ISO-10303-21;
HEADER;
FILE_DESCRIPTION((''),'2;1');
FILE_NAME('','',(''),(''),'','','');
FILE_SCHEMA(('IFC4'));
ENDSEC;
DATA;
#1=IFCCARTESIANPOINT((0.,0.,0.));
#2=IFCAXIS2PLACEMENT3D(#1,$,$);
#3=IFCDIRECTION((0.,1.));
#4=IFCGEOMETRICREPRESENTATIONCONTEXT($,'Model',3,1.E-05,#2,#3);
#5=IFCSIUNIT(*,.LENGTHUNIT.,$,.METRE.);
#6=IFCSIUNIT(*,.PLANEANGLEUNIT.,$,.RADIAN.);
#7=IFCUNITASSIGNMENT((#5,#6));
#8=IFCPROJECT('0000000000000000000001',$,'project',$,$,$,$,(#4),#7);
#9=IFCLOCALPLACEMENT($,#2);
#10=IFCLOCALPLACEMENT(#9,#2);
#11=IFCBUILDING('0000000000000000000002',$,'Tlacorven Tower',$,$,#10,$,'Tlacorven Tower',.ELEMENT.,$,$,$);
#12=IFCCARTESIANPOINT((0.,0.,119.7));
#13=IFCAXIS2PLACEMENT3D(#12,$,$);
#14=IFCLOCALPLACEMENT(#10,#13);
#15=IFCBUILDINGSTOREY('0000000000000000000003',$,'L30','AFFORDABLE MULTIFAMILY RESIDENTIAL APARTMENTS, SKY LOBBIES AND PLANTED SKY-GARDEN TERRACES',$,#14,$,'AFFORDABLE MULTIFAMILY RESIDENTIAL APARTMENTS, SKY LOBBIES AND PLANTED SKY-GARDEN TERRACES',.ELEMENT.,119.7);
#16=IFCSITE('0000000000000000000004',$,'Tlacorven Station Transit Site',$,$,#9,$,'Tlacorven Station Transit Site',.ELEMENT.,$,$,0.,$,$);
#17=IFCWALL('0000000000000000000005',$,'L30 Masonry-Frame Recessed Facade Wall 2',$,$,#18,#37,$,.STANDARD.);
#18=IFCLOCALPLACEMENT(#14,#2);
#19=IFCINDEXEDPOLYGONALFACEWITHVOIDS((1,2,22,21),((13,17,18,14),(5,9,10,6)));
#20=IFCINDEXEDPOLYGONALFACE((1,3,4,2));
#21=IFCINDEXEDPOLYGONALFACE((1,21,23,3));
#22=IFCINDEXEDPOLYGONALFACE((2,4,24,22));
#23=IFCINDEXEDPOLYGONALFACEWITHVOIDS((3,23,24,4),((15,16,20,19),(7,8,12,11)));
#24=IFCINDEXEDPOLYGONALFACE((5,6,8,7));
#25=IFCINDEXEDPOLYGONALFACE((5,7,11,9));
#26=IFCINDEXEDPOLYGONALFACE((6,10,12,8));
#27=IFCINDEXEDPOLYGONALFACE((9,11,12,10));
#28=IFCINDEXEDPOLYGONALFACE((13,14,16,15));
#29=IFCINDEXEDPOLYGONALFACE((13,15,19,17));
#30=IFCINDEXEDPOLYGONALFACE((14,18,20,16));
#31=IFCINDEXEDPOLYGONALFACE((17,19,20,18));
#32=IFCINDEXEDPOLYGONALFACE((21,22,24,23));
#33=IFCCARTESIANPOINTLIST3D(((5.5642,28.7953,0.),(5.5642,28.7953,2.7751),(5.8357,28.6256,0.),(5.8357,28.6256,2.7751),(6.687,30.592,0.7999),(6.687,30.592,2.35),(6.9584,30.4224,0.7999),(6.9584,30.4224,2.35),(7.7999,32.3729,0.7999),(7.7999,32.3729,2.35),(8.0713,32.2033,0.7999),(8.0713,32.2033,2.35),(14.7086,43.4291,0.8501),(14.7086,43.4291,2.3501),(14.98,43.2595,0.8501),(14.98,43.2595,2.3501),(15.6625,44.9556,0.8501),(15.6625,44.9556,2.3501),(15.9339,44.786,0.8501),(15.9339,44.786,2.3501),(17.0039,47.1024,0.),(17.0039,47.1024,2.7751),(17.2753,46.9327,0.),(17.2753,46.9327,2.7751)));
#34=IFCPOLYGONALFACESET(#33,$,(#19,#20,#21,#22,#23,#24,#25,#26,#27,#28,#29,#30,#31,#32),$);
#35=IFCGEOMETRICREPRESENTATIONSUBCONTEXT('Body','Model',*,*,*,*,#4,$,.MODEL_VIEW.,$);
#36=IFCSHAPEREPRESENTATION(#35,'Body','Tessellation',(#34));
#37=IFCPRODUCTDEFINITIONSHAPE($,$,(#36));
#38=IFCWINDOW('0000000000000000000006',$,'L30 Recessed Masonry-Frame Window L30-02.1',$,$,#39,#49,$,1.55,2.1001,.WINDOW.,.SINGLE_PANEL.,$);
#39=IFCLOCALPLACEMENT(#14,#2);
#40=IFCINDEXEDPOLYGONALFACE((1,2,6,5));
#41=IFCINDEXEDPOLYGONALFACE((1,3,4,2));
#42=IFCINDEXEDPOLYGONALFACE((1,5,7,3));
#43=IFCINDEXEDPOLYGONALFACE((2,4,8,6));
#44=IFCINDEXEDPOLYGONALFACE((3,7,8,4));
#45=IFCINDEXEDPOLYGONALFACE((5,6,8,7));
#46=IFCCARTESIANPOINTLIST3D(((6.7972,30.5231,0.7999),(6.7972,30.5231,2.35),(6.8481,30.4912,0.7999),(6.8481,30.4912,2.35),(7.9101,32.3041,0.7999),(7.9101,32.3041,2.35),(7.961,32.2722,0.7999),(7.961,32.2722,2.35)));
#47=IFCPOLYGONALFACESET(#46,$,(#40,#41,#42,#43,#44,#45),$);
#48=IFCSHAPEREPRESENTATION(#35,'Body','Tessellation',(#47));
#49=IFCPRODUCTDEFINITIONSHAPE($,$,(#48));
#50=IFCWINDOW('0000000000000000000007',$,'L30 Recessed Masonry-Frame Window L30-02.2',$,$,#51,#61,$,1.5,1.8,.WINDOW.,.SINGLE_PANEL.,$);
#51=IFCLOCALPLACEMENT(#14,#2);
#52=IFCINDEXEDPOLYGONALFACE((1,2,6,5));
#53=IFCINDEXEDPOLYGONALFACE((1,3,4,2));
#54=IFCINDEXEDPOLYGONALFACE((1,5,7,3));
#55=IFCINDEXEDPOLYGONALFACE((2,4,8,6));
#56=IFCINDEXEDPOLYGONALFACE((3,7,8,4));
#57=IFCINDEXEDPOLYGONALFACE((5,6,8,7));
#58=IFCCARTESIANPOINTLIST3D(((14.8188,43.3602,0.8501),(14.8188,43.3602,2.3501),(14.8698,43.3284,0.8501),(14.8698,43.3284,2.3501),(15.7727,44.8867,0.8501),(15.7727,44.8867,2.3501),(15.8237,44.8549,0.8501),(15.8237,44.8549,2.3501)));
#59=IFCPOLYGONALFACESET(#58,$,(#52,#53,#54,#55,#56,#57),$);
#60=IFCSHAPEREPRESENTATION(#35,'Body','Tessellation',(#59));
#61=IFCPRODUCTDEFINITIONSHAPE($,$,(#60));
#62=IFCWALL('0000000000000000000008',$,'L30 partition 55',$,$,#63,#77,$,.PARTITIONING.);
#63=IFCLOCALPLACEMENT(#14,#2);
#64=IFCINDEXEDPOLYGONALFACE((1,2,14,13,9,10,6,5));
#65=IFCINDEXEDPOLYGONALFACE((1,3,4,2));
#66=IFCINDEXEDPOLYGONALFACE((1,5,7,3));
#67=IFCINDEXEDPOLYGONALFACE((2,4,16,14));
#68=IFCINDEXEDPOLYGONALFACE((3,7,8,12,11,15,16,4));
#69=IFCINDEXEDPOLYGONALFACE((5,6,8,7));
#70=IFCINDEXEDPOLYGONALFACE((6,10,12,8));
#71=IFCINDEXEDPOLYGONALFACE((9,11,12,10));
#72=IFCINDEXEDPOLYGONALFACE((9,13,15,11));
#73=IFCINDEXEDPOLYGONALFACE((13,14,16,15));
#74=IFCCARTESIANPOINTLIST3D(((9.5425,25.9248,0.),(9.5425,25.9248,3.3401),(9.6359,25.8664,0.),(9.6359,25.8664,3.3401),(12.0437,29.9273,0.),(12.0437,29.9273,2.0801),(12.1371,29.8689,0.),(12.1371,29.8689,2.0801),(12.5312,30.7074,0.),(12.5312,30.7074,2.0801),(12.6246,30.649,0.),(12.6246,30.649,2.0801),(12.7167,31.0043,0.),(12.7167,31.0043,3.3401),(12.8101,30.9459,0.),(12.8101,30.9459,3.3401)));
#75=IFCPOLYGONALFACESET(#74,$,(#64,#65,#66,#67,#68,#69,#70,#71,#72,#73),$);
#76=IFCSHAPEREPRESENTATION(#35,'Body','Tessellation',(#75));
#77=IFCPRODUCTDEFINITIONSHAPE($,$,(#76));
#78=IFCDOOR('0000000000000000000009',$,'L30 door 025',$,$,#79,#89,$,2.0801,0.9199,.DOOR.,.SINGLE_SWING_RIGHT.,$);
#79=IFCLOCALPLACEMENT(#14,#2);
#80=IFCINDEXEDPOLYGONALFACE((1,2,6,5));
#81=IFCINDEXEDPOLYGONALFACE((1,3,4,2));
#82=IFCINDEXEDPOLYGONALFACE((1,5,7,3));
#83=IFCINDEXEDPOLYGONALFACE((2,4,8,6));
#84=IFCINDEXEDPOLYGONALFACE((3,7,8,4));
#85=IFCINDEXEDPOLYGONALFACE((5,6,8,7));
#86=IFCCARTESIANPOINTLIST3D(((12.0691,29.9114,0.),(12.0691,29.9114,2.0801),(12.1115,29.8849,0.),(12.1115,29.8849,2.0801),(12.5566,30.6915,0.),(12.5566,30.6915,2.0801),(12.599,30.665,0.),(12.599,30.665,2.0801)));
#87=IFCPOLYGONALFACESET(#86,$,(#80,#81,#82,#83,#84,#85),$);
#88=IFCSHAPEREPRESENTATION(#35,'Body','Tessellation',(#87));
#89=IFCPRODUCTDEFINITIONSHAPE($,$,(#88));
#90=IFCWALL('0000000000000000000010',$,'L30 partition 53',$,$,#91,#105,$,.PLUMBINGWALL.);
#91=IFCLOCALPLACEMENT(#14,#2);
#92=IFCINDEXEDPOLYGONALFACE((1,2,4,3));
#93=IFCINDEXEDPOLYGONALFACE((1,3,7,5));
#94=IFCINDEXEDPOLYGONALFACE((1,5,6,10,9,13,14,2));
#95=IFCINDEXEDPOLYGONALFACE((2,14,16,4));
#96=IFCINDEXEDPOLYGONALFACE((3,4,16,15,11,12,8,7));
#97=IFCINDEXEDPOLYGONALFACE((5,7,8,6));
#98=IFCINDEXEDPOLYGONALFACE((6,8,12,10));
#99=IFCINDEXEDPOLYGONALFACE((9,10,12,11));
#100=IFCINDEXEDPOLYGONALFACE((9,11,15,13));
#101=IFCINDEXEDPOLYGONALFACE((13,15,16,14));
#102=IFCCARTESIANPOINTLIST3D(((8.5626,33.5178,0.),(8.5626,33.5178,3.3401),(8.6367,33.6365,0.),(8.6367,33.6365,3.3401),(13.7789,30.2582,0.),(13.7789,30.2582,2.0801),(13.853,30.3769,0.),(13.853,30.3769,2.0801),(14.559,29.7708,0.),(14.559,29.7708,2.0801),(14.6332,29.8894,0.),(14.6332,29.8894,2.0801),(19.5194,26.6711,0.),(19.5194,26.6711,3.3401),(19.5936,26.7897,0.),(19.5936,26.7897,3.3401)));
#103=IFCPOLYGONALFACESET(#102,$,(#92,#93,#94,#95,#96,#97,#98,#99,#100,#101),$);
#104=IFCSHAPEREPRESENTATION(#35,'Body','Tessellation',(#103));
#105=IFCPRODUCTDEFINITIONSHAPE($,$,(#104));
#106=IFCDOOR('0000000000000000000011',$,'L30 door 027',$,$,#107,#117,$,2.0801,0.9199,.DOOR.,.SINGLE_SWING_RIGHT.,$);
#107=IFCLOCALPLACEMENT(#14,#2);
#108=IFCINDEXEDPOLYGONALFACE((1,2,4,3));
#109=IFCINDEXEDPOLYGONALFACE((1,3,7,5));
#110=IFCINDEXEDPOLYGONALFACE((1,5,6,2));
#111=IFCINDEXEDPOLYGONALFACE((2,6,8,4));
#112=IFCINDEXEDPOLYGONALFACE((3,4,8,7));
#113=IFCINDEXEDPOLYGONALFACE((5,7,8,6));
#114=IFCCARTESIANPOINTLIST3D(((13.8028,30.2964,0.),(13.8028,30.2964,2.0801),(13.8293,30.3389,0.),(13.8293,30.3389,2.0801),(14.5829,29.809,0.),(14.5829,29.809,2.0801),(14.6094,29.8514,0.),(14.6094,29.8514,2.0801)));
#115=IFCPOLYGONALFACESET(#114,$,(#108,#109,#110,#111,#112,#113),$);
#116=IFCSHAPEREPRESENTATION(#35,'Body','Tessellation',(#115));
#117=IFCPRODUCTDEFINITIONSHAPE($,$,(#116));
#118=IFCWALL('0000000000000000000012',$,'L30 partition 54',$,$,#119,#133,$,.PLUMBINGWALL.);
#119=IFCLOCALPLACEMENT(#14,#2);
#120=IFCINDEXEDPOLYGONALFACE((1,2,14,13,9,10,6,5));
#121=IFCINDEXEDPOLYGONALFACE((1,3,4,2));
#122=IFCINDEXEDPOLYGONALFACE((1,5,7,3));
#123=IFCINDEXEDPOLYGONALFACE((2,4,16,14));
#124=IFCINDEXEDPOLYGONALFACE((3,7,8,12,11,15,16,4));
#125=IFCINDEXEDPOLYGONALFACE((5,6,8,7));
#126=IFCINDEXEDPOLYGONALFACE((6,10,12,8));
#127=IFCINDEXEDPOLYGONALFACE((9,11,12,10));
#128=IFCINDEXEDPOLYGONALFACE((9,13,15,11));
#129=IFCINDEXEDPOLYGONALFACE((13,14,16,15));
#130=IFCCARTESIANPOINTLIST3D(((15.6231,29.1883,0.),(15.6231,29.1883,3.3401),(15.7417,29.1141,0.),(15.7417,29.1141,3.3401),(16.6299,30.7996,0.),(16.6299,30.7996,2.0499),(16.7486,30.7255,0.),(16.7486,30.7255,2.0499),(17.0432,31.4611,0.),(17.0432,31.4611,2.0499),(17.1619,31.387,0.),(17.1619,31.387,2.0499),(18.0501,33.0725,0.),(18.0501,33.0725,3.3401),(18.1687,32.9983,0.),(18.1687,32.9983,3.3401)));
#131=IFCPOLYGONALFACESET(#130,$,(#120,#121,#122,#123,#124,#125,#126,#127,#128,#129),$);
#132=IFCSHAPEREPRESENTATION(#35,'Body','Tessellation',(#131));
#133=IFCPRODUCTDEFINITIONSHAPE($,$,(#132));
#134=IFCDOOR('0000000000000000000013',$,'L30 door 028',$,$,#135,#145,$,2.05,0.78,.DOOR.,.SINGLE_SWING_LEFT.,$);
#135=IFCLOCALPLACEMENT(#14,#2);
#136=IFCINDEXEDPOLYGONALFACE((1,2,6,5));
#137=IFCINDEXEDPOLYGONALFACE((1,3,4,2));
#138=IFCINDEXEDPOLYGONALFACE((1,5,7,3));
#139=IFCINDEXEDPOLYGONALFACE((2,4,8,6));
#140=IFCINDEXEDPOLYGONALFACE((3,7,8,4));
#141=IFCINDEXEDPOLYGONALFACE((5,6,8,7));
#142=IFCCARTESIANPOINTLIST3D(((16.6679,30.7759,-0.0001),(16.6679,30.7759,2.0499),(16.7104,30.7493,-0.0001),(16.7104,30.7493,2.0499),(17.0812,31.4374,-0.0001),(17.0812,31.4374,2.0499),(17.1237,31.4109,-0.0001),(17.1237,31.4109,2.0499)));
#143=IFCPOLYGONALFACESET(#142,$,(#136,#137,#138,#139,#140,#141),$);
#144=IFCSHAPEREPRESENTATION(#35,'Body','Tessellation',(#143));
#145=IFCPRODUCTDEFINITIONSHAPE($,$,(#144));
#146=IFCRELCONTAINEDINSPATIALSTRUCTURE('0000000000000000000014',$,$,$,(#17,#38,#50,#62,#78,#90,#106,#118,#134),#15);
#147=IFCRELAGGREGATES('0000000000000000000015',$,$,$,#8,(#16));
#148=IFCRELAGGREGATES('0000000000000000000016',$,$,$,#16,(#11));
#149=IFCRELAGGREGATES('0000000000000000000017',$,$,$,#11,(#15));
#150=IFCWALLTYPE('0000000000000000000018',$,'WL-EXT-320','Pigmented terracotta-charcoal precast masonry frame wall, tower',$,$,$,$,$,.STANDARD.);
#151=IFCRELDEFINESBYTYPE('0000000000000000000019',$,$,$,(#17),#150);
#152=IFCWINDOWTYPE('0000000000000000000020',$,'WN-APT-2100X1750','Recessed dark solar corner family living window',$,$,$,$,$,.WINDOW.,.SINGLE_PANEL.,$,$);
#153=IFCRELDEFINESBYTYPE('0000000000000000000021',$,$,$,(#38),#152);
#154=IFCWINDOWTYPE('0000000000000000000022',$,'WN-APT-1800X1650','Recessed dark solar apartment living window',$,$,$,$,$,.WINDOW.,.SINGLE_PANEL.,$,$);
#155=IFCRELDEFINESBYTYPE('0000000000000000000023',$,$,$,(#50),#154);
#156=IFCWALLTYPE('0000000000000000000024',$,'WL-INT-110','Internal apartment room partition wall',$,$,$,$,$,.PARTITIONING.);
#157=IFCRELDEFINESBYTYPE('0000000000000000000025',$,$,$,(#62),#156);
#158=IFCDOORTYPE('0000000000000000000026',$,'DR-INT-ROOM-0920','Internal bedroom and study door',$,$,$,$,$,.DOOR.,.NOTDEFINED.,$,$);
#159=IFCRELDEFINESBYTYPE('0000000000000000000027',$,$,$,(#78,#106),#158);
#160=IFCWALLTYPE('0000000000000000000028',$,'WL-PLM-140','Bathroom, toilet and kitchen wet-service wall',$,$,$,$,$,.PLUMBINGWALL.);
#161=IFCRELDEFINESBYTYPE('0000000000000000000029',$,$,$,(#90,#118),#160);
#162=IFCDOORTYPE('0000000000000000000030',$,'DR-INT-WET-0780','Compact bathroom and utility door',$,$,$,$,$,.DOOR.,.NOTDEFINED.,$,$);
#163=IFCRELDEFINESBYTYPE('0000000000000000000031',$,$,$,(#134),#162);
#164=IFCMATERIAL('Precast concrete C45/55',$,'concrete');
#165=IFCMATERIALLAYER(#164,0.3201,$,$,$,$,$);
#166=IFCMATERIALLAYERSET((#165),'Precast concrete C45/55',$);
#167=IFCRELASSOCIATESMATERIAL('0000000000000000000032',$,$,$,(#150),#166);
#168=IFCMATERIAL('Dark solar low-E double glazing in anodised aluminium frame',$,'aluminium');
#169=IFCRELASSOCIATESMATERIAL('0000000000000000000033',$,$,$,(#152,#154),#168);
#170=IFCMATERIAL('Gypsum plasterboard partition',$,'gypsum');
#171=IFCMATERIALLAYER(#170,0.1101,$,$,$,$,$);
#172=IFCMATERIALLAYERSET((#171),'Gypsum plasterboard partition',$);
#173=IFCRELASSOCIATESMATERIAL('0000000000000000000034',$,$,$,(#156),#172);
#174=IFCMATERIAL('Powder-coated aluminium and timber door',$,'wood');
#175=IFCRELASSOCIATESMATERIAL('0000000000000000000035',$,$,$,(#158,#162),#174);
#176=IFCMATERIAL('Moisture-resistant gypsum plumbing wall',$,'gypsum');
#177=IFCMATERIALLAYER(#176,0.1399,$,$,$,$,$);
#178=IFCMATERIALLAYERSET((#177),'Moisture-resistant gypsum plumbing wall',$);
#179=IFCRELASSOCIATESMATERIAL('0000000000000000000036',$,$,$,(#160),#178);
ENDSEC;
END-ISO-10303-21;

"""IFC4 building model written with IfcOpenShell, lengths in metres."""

from ifc_helpers import new_model, si_unit, direction, frame, frame_2d, origin, place, context, subcontext, project, spatial, rectangle, extrude, source, transform, mapped, material, layer, layer_set, type_object, element, fill, save


model = new_model("IFC4")

# Units and contexts
model_context = context("Model", 3, precision=1e-05, world=origin(), true_north=direction((0.0, 1.0)))
body_context = subcontext(model_context, "Body", "Model", "MODEL_VIEW")
ifc_project = project(units=[si_unit("LENGTHUNIT", "METRE"), si_unit("PLANEANGLEUNIT", "RADIAN")], contexts=[model_context])

# Site, building, storey
site_placement = place(None, origin())
site = spatial("IfcSite", under=ifc_project, at=site_placement, Name="Tlacorven Station Transit Site", LongName="Tlacorven Station Transit Site", CompositionType="ELEMENT", RefElevation=0.0)
building_placement = place(site_placement, origin())
building = spatial("IfcBuilding", under=site, at=building_placement, Name="Tlacorven Tower", LongName="Tlacorven Tower", CompositionType="ELEMENT")
storey_placement = place(building_placement, frame((0.0, 0.0, 119.7)))
storey = spatial("IfcBuildingStorey", under=building, at=storey_placement, Name="L30", Description="AFFORDABLE MULTIFAMILY RESIDENTIAL APARTMENTS, SKY LOBBIES AND PLANTED SKY-GARDEN TERRACES", LongName="AFFORDABLE MULTIFAMILY RESIDENTIAL APARTMENTS, SKY LOBBIES AND PLANTED SKY-GARDEN TERRACES", CompositionType="ELEMENT", Elevation=119.7)

# Wall, openings, windows
ifc_material_1 = material(Name="Precast concrete C45/55", Category="concrete")
ifc_layer_1 = layer(ifc_material_1, 0.3201)
ifc_layer_set_1 = layer_set([ifc_layer_1], Name="Precast concrete C45/55")
wall_type_1 = type_object("IfcWallType", Name="WL-EXT-320", Description="Pigmented terracotta-charcoal precast masonry frame wall, tower", PredefinedType="STANDARD", material=ifc_layer_set_1)
wall_1_placement = place(storey_placement, frame((5.7, 28.7104, 0.0), z_axis=(0.0, 0.0, 1.0), x_axis=(0.529924, 0.848045, 0.0)))
wall_1 = element("IfcWall", 1, at=wall_1_placement, inside=storey, type_object=wall_type_1, Name="L30 Masonry-Frame Recessed Facade Wall 2", PredefinedType="STANDARD", context=body_context, shape_type="SweptSolid", body=[
    extrude(rectangle(XDim=21.5874, YDim=0.3201, at=frame_2d((10.7937, 0.0))), origin(), (0.0, 0.0, 1.0), 2.7751),
])
opening_1_placement = place(wall_1_placement, frame((2.1187, 0.0, 0.8)))
opening_1 = element("IfcOpeningElement", 2, at=opening_1_placement, cuts=wall_1, PredefinedType="OPENING", context=body_context, shape_type="SweptSolid", body=[
    extrude(rectangle(XDim=2.1001, YDim=1.55, at=frame_2d((1.05, 0.7749))), frame((0.0, 0.1699, 0.0), z_axis=(0.0, -1.0, 0.0), x_axis=(1.0, 0.0, 0.0)), (0.0, 0.0, 1.0), 0.3401),
])
opening_2_placement = place(wall_1_placement, frame((17.2561, 0.0, 0.8501)))
opening_2 = element("IfcOpeningElement", 3, at=opening_2_placement, cuts=wall_1, PredefinedType="OPENING", context=body_context, shape_type="SweptSolid", body=[
    extrude(rectangle(XDim=1.8, YDim=1.5, at=frame_2d((0.8999, 0.75))), frame((0.0, 0.1699, 0.0), z_axis=(0.0, -1.0, 0.0), x_axis=(1.0, 0.0, 0.0)), (0.0, 0.0, 1.0), 0.3401),
])
ifc_material_2 = material(Name="Dark solar low-E double glazing in anodised aluminium frame", Category="aluminium")
window_type_1 = type_object("IfcWindowType", Name="WN-APT-2100X1750", Description="Recessed dark solar corner family living window", PartitioningType="SINGLE_PANEL", PredefinedType="WINDOW", material=ifc_material_2)
shared_shape_1 = source(origin(), body_context, "Body", "SweptSolid", [
    extrude(rectangle(XDim=2.1001, YDim=1.55, at=frame_2d((1.05, 0.7749))), frame((0.0, 0.03, 0.0), z_axis=(0.0, -1.0, 0.0), x_axis=(1.0, 0.0, 0.0)), (0.0, 0.0, 1.0), 0.0601),
])
window_1_placement = place(opening_1_placement, origin())
window_1 = element("IfcWindow", 4, at=window_1_placement, inside=storey, type_object=window_type_1, Name="L30 Recessed Masonry-Frame Window L30-02.1", OverallHeight=1.55, OverallWidth=2.1001, PartitioningType="SINGLE_PANEL", PredefinedType="WINDOW", context=body_context, shape_type="MappedRepresentation", body=[
    mapped(shared_shape_1, transform((0.0, 0.0, 0.0), scale=1.0)),
])
fill(opening_1, window_1)
window_type_2 = type_object("IfcWindowType", Name="WN-APT-1800X1650", Description="Recessed dark solar apartment living window", PartitioningType="SINGLE_PANEL", PredefinedType="WINDOW", material=ifc_material_2)
shared_shape_2 = source(origin(), body_context, "Body", "SweptSolid", [
    extrude(rectangle(XDim=1.8, YDim=1.5, at=frame_2d((0.8999, 0.75))), frame((0.0, 0.03, 0.0), z_axis=(0.0, -1.0, 0.0), x_axis=(1.0, 0.0, 0.0)), (0.0, 0.0, 1.0), 0.0601),
])
window_2_placement = place(opening_2_placement, origin())
window_2 = element("IfcWindow", 5, at=window_2_placement, inside=storey, type_object=window_type_2, Name="L30 Recessed Masonry-Frame Window L30-02.2", OverallHeight=1.5, OverallWidth=1.8, PartitioningType="SINGLE_PANEL", PredefinedType="WINDOW", context=body_context, shape_type="MappedRepresentation", body=[
    mapped(shared_shape_2, transform((0.0, 0.0, 0.0), scale=1.0)),
])
fill(opening_2, window_2)

# Walls, openings, doors
ifc_material_3 = material(Name="Gypsum plasterboard partition", Category="gypsum")
ifc_layer_2 = layer(ifc_material_3, 0.1101)
ifc_layer_set_2 = layer_set([ifc_layer_2], Name="Gypsum plasterboard partition")
wall_type_2 = type_object("IfcWallType", Name="WL-INT-110", Description="Internal apartment room partition wall", PredefinedType="PARTITIONING", material=ifc_layer_set_2)
wall_2_placement = place(storey_placement, frame((12.7634, 30.9751, 0.0), z_axis=(0.0, 0.0, 1.0), x_axis=(-0.529948, -0.84803, 0.0)))
wall_2 = element("IfcWall", 6, at=wall_2_placement, inside=storey, type_object=wall_type_2, Name="L30 partition 55", PredefinedType="PARTITIONING", context=body_context, shape_type="SweptSolid", body=[
    extrude(rectangle(XDim=5.9897, YDim=0.1101, at=frame_2d((2.9949, 0.0))), origin(), (0.0, 0.0, 1.0), 3.3401),
])
opening_3_placement = place(wall_2_placement, frame((0.3501, 0.0, 0.0)))
opening_3 = element("IfcOpeningElement", 7, at=opening_3_placement, cuts=wall_2, PredefinedType="OPENING", context=body_context, shape_type="SweptSolid", body=[
    extrude(rectangle(XDim=0.9199, YDim=2.0801, at=frame_2d((0.46, 1.04))), frame((0.0, 0.0649, 0.0), z_axis=(0.0, -1.0, 0.0), x_axis=(1.0, 0.0, 0.0)), (0.0, 0.0, 1.0), 0.1301),
])
ifc_material_4 = material(Name="Powder-coated aluminium and timber door", Category="wood")
door_type_1 = type_object("IfcDoorType", Name="DR-INT-ROOM-0920", Description="Internal bedroom and study door", OperationType="NOTDEFINED", PredefinedType="DOOR", material=ifc_material_4)
shared_shape_3 = source(origin(), body_context, "Body", "SweptSolid", [
    extrude(rectangle(XDim=0.9199, YDim=2.0801, at=frame_2d((0.46, 1.04))), frame((0.0, 0.0249, 0.0), z_axis=(0.0, -1.0, 0.0), x_axis=(1.0, 0.0, 0.0)), (0.0, 0.0, 1.0), 0.05),
])
door_1_placement = place(opening_3_placement, origin())
door_1 = element("IfcDoor", 8, at=door_1_placement, inside=storey, type_object=door_type_1, Name="L30 door 025", OperationType="SINGLE_SWING_RIGHT", OverallHeight=2.0801, OverallWidth=0.9199, PredefinedType="DOOR", context=body_context, shape_type="MappedRepresentation", body=[
    mapped(shared_shape_3, transform((0.0, 0.0, 0.0), scale=1.0)),
])
fill(opening_3, door_1)
ifc_material_5 = material(Name="Moisture-resistant gypsum plumbing wall", Category="gypsum")
ifc_layer_3 = layer(ifc_material_5, 0.1399)
ifc_layer_set_3 = layer_set([ifc_layer_3], Name="Moisture-resistant gypsum plumbing wall")
wall_type_3 = type_object("IfcWallType", Name="WL-PLM-140", Description="Bathroom, toilet and kitchen wet-service wall", PredefinedType="PLUMBINGWALL", material=ifc_layer_set_3)
wall_3_placement = place(storey_placement, frame((19.5564, 26.7305, 0.0), z_axis=(0.0, 0.0, 1.0), x_axis=(-0.848044, 0.529926, 0.0)))
wall_3 = element("IfcWall", 9, at=wall_3_placement, inside=storey, type_object=wall_type_3, Name="L30 partition 53", PredefinedType="PLUMBINGWALL", context=body_context, shape_type="SweptSolid", body=[
    extrude(rectangle(XDim=12.9202, YDim=0.1399, at=frame_2d((6.46, 0.0))), origin(), (0.0, 0.0, 1.0), 3.3401),
])
opening_4_placement = place(wall_3_placement, frame((5.8491, 0.0, 0.0)))
opening_4 = element("IfcOpeningElement", 10, at=opening_4_placement, cuts=wall_3, PredefinedType="OPENING", context=body_context, shape_type="SweptSolid", body=[
    extrude(rectangle(XDim=0.9199, YDim=2.0801, at=frame_2d((0.46, 1.04))), frame((0.0, 0.0801, 0.0), z_axis=(0.0, -1.0, 0.0), x_axis=(1.0, 0.0, 0.0)), (0.0, 0.0, 1.0), 0.1599),
])
door_2_placement = place(opening_4_placement, origin())
door_2 = element("IfcDoor", 11, at=door_2_placement, inside=storey, type_object=door_type_1, Name="L30 door 027", OperationType="SINGLE_SWING_RIGHT", OverallHeight=2.0801, OverallWidth=0.9199, PredefinedType="DOOR", context=body_context, shape_type="MappedRepresentation", body=[
    mapped(shared_shape_3, transform((0.0, 0.0, 0.0), scale=1.0)),
])
fill(opening_4, door_2)
wall_4_placement = place(storey_placement, frame((18.1094, 33.0354, 0.0), z_axis=(0.0, 0.0, 1.0), x_axis=(-0.529894, -0.848064, 0.0)))
wall_4 = element("IfcWall", 12, at=wall_4_placement, inside=storey, type_object=wall_type_3, Name="L30 partition 54", PredefinedType="PLUMBINGWALL", context=body_context, shape_type="SweptSolid", body=[
    extrude(rectangle(XDim=4.5801, YDim=0.1399, at=frame_2d((2.29, 0.0))), origin(), (0.0, 0.0, 1.0), 3.3401),
])
opening_5_placement = place(wall_4_placement, frame((1.8999, 0.0, 0.0)))
opening_5 = element("IfcOpeningElement", 13, at=opening_5_placement, cuts=wall_4, PredefinedType="OPENING", context=body_context, shape_type="SweptSolid", body=[
    extrude(rectangle(XDim=0.78, YDim=2.05, at=frame_2d((0.3901, 1.0249))), frame((0.0, 0.0801, 0.0), z_axis=(0.0, -1.0, 0.0), x_axis=(1.0, 0.0, 0.0)), (0.0, 0.0, 1.0), 0.1599),
])
door_type_2 = type_object("IfcDoorType", Name="DR-INT-WET-0780", Description="Compact bathroom and utility door", OperationType="NOTDEFINED", PredefinedType="DOOR", material=ifc_material_4)
shared_shape_4 = source(origin(), body_context, "Body", "SweptSolid", [
    extrude(rectangle(XDim=0.78, YDim=2.05, at=frame_2d((0.3901, 1.0249))), frame((0.0, 0.0249, 0.0), z_axis=(0.0, -1.0, 0.0), x_axis=(1.0, 0.0, 0.0)), (0.0, 0.0, 1.0), 0.05),
])
door_3_placement = place(opening_5_placement, origin())
door_3 = element("IfcDoor", 14, at=door_3_placement, inside=storey, type_object=door_type_2, Name="L30 door 028", OperationType="SINGLE_SWING_LEFT", OverallHeight=2.05, OverallWidth=0.78, PredefinedType="DOOR", context=body_context, shape_type="MappedRepresentation", body=[
    mapped(shared_shape_4, transform((0.0, 0.0, 0.0), scale=1.0)),
])
fill(opening_5, door_3)

save(model, "model.ifc")
